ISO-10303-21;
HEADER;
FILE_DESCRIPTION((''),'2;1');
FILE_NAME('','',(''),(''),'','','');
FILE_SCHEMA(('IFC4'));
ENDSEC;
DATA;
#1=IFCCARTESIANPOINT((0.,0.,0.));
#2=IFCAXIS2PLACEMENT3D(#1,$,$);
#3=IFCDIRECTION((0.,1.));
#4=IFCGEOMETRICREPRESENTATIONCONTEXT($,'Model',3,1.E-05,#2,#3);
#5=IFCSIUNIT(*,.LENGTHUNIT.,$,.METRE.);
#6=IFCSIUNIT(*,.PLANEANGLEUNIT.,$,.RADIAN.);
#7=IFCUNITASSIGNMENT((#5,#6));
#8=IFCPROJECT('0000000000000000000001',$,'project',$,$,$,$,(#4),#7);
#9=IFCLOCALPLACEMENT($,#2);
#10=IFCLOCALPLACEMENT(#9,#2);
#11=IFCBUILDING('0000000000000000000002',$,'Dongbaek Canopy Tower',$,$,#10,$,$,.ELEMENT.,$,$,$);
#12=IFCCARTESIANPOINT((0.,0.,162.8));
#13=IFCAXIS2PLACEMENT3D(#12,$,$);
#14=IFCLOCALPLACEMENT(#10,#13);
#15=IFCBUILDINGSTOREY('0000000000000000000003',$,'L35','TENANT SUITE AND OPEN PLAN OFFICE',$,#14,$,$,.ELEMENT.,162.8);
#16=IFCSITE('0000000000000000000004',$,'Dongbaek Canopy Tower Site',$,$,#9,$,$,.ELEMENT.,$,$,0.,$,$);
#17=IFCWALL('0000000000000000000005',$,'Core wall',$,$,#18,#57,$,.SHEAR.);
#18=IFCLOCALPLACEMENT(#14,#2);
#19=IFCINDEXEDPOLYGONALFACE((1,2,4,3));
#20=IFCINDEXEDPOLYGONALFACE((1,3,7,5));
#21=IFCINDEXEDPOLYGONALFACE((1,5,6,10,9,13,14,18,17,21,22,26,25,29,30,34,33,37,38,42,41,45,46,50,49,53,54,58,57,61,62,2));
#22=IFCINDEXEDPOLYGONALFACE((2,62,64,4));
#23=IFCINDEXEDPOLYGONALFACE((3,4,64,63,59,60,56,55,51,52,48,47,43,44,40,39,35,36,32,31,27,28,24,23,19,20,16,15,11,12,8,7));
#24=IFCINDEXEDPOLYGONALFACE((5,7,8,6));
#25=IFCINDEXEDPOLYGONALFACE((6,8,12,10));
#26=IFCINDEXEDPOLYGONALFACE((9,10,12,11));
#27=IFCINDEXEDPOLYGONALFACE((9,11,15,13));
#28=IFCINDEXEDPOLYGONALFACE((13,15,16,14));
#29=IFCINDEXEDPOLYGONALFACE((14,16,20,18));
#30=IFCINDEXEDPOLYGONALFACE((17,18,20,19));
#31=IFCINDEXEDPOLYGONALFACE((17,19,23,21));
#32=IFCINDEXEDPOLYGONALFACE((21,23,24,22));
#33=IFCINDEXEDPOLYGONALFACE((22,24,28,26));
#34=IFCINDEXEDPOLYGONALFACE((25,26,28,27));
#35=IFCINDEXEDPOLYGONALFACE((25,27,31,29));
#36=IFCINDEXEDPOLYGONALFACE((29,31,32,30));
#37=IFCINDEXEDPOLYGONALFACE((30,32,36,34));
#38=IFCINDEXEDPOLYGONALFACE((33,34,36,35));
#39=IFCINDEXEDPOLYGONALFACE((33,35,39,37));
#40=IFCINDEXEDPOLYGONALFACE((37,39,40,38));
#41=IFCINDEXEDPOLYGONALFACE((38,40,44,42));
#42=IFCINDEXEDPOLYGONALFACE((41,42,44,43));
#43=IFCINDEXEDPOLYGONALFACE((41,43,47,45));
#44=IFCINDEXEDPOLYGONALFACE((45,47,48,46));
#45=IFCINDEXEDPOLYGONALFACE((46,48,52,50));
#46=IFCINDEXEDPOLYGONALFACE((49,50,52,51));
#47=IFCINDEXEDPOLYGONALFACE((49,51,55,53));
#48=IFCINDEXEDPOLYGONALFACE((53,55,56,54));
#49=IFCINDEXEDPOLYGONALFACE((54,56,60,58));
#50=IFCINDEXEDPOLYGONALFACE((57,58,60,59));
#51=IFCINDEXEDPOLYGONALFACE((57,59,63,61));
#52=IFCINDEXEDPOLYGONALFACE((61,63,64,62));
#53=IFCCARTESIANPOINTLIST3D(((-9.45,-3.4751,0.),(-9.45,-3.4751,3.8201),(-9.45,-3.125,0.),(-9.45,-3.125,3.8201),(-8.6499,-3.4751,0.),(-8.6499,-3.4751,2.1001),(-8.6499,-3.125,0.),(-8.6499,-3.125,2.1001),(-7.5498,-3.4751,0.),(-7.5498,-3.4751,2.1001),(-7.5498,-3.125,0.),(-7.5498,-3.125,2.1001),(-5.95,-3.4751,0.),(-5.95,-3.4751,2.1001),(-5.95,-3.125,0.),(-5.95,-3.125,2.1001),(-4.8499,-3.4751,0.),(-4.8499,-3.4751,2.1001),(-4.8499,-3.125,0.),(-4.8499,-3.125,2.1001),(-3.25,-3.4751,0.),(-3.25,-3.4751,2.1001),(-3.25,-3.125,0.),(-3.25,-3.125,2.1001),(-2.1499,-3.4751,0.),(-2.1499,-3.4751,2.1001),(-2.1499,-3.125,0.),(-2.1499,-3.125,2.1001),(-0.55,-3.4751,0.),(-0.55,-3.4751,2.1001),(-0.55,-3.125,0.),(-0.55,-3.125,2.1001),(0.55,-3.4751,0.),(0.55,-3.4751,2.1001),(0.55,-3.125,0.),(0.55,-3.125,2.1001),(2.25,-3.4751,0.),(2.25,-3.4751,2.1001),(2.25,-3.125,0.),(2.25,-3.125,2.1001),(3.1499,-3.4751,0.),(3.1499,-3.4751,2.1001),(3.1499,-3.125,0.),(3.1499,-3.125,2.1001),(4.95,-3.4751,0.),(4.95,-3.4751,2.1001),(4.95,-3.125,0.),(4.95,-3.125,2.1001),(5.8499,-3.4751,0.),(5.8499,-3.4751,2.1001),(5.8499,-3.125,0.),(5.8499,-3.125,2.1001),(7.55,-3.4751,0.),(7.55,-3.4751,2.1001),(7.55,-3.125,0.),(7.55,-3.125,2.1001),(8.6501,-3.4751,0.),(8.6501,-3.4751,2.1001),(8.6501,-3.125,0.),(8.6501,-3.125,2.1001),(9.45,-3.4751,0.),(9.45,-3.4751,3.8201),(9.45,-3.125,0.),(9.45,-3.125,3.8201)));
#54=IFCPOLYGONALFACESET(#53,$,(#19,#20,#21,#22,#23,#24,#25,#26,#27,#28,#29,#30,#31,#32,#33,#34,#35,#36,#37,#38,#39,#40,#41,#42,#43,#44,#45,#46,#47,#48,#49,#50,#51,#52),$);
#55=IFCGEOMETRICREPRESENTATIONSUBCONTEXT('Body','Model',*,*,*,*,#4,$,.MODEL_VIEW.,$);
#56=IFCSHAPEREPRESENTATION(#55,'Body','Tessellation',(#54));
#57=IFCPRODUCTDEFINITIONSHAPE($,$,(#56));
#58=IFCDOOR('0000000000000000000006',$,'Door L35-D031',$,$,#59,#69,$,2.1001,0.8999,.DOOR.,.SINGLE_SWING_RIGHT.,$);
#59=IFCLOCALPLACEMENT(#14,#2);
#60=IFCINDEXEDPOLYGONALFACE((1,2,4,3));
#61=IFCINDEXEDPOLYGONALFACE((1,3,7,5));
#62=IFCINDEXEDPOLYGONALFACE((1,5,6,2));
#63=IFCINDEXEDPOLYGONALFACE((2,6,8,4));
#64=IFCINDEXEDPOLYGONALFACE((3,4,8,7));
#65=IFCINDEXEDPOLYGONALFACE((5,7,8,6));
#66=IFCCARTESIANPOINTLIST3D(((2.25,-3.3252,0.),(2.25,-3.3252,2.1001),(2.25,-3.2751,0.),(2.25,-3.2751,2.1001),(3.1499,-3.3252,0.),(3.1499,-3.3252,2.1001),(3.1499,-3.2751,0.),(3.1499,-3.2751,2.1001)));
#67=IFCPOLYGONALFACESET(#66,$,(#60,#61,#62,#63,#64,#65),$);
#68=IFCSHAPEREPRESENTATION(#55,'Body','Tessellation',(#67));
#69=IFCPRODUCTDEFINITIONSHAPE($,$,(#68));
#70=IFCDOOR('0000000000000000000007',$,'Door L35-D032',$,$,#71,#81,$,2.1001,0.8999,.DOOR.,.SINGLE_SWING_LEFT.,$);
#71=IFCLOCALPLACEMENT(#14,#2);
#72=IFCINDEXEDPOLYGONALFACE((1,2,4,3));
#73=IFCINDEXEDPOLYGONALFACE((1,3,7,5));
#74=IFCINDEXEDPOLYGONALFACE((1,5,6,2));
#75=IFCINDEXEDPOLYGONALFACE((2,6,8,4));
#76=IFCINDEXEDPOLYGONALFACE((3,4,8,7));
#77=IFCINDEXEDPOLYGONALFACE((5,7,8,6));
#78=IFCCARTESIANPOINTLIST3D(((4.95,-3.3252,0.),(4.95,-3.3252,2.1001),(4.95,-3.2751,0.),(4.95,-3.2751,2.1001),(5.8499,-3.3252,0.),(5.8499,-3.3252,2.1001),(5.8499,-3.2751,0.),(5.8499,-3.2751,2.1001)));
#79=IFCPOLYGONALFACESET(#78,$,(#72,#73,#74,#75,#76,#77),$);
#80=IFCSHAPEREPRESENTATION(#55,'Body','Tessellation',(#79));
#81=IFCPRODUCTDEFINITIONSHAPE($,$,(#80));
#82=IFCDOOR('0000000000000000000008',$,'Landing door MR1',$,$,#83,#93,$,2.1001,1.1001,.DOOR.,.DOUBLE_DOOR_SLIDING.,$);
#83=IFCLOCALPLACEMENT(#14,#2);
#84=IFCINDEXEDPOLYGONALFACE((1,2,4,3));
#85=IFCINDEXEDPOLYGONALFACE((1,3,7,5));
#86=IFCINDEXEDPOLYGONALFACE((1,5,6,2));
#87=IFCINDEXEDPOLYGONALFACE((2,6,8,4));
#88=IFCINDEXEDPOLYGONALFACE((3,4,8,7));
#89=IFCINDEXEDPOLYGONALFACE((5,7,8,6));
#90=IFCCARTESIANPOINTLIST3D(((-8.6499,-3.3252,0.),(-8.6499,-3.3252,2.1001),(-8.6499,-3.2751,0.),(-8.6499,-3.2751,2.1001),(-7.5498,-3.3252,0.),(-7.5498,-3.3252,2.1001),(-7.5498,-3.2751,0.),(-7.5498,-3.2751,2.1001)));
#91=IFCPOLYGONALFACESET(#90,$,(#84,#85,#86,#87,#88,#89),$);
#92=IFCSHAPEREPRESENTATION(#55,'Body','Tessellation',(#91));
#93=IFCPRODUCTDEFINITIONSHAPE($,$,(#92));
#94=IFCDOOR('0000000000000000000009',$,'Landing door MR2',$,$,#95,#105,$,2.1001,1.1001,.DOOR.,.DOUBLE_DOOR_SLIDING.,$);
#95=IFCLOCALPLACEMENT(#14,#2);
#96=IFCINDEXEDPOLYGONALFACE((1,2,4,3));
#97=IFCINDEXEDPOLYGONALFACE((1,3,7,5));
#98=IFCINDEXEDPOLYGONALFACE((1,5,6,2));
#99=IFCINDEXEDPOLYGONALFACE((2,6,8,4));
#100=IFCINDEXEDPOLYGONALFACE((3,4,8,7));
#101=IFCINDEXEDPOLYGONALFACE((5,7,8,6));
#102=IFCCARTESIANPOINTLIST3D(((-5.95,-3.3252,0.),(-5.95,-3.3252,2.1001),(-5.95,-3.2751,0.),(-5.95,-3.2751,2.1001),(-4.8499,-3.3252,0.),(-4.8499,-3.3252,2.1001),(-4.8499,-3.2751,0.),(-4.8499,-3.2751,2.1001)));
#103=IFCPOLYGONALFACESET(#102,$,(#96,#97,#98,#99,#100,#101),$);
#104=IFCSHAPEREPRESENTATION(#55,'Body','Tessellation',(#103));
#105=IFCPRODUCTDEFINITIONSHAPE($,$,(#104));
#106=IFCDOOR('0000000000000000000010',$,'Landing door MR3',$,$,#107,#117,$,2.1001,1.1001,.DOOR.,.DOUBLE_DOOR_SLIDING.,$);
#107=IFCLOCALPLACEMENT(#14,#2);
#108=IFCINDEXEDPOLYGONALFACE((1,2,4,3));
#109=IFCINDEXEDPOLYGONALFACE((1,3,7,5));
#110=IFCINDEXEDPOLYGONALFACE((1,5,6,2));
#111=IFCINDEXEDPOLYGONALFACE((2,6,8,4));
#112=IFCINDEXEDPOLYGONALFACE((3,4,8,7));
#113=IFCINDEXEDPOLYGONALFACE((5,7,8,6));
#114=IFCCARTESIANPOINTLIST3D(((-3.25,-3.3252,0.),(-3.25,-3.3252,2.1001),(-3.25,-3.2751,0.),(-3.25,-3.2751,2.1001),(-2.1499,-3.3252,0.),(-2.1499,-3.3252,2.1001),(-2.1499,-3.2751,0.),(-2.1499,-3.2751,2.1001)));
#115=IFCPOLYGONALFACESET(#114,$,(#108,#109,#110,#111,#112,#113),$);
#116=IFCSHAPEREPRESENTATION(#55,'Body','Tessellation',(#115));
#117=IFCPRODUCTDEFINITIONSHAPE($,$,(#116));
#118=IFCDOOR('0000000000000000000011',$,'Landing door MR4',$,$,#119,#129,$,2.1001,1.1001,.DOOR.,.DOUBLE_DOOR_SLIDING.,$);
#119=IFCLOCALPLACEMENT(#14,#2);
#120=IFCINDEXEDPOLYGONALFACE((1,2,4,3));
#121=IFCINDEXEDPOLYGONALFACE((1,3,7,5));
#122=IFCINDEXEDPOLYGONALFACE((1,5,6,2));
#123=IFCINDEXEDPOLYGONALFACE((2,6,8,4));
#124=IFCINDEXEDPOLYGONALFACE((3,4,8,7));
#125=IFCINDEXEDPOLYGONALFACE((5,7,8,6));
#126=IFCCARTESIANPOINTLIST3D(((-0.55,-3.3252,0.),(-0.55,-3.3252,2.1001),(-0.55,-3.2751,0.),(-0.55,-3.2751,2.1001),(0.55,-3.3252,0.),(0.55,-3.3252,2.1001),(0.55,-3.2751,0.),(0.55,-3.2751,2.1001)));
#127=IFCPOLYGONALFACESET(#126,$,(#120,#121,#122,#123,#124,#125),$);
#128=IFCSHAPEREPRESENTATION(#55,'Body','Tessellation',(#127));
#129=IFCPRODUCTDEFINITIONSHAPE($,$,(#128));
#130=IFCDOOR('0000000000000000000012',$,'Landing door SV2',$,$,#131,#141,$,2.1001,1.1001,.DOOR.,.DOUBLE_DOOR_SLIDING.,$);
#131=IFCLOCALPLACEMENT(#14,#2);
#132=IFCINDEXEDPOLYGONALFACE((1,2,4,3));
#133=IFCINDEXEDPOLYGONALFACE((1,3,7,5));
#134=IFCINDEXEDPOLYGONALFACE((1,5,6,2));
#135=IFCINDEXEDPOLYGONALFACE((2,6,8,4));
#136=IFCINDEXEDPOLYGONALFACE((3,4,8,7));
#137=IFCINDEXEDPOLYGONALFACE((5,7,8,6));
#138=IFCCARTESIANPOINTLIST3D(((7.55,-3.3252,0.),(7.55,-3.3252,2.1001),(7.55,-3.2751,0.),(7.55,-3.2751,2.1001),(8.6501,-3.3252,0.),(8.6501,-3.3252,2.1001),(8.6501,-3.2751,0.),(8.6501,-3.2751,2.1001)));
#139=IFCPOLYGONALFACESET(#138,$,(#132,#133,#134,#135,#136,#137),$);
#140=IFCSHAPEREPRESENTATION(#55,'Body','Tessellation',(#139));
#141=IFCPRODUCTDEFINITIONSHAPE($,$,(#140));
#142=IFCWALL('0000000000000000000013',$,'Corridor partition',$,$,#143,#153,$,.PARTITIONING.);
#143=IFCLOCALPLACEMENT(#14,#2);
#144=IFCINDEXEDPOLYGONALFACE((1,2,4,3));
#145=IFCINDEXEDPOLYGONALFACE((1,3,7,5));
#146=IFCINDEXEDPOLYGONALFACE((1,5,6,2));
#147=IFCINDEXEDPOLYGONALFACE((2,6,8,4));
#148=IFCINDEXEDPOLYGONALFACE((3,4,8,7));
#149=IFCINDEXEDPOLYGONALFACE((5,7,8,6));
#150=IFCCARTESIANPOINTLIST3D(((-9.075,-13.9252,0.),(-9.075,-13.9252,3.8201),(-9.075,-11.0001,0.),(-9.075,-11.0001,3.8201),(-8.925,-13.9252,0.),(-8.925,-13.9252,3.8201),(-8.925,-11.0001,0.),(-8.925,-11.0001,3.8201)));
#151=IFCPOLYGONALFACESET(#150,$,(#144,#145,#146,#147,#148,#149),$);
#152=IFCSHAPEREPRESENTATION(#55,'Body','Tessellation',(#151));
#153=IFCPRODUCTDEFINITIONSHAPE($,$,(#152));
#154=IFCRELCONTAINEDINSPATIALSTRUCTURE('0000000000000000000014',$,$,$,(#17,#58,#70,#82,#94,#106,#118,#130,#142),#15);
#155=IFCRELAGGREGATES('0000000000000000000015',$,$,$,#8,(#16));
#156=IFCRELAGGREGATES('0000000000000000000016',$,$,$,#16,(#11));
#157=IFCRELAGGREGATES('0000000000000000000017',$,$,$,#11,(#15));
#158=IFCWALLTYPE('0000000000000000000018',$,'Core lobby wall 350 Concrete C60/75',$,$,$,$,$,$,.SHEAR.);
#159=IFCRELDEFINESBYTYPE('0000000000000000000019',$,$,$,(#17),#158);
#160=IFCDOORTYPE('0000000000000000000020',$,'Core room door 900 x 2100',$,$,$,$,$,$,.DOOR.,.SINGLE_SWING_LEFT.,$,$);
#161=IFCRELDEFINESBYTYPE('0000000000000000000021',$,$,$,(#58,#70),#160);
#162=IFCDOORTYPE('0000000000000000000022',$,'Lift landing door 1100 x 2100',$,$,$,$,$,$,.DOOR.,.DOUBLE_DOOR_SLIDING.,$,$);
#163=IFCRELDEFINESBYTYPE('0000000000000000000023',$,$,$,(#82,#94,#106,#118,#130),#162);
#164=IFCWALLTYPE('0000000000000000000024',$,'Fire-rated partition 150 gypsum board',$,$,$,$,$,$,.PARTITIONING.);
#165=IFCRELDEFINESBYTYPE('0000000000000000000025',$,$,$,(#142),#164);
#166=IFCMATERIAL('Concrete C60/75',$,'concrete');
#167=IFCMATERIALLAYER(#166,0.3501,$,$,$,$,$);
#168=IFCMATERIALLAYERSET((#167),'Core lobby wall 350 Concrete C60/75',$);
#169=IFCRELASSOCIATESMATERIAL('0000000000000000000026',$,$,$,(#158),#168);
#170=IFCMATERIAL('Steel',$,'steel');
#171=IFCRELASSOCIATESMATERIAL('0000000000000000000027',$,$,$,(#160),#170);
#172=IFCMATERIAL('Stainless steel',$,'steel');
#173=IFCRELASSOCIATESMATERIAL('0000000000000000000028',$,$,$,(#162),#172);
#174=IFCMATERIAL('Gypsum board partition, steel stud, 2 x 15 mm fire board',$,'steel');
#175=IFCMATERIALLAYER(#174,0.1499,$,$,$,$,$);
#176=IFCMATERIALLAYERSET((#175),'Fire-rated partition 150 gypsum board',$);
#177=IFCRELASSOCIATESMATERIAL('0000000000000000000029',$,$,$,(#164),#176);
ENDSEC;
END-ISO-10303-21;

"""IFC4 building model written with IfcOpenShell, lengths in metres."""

from ifc_helpers import new_model, si_unit, direction, frame, frame_2d, origin, place, context, subcontext, project, spatial, rectangle, extrude, material, layer, layer_set, type_object, element, fill, save


model = new_model("IFC4")

# Units and contexts
model_context = context("Model", 3, precision=1e-05, world=origin(), true_north=direction((0.0, 1.0)))
body_context = subcontext(model_context, "Body", "Model", "MODEL_VIEW")
ifc_project = project(units=[si_unit("LENGTHUNIT", "METRE"), si_unit("PLANEANGLEUNIT", "RADIAN")], contexts=[model_context])

# Site, building, storey
site_placement = place(None, origin())
site = spatial("IfcSite", under=ifc_project, at=site_placement, Name="Dongbaek Canopy Tower Site", CompositionType="ELEMENT", RefElevation=0.0)
building_placement = place(site_placement, origin())
building = spatial("IfcBuilding", under=site, at=building_placement, Name="Dongbaek Canopy Tower", CompositionType="ELEMENT")
storey_placement = place(building_placement, frame((0.0, 0.0, 162.8)))
storey = spatial("IfcBuildingStorey", under=building, at=storey_placement, Name="L35", Description="TENANT SUITE AND OPEN PLAN OFFICE", CompositionType="ELEMENT", Elevation=162.8)

# Wall, openings, doors
ifc_material_1 = material(Name="Concrete C60/75", Category="concrete")
ifc_layer_1 = layer(ifc_material_1, 0.3501)
ifc_layer_set_1 = layer_set([ifc_layer_1], Name="Core lobby wall 350 Concrete C60/75")
wall_type_1 = type_object("IfcWallType", Name="Core lobby wall 350 Concrete C60/75", PredefinedType="SHEAR", material=ifc_layer_set_1)
wall_1_placement = place(storey_placement, frame((-9.45, -3.3, 0.0), z_axis=(0.0, 0.0, 1.0), x_axis=(1.0, 0.0, 0.0)))
wall_1 = element("IfcWall", 1, at=wall_1_placement, inside=storey, type_object=wall_type_1, Name="Core wall", PredefinedType="SHEAR", context=body_context, shape_type="SweptSolid", body=[
    extrude(rectangle(XDim=18.8999, YDim=0.3501, at=frame_2d((9.45, 0.0))), origin(), (0.0, 0.0, 1.0), 3.8201),
])
opening_1_placement = place(wall_1_placement, frame((0.8, 0.0, 0.0)))
opening_1 = element("IfcOpeningElement", 2, at=opening_1_placement, cuts=wall_1, PredefinedType="OPENING", context=body_context, shape_type="SweptSolid", body=[
    extrude(rectangle(XDim=1.1001, YDim=2.1001, at=frame_2d((0.55, 1.05))), frame((0.0, 0.1851, 0.0), z_axis=(0.0, -1.0, 0.0), x_axis=(1.0, 0.0, 0.0)), (0.0, 0.0, 1.0), 0.3701),
])
opening_2_placement = place(wall_1_placement, frame((3.5, 0.0, 0.0)))
opening_2 = element("IfcOpeningElement", 3, at=opening_2_placement, cuts=wall_1, PredefinedType="OPENING", context=body_context, shape_type="SweptSolid", body=[
    extrude(rectangle(XDim=1.1001, YDim=2.1001, at=frame_2d((0.55, 1.05))), frame((0.0, 0.1851, 0.0), z_axis=(0.0, -1.0, 0.0), x_axis=(1.0, 0.0, 0.0)), (0.0, 0.0, 1.0), 0.3701),
])
opening_3_placement = place(wall_1_placement, frame((6.2, 0.0, 0.0)))
opening_3 = element("IfcOpeningElement", 4, at=opening_3_placement, cuts=wall_1, PredefinedType="OPENING", context=body_context, shape_type="SweptSolid", body=[
    extrude(rectangle(XDim=1.1001, YDim=2.1001, at=frame_2d((0.55, 1.05))), frame((0.0, 0.1851, 0.0), z_axis=(0.0, -1.0, 0.0), x_axis=(1.0, 0.0, 0.0)), (0.0, 0.0, 1.0), 0.3701),
])
opening_4_placement = place(wall_1_placement, frame((8.8999, 0.0, 0.0)))
opening_4 = element("IfcOpeningElement", 5, at=opening_4_placement, cuts=wall_1, PredefinedType="OPENING", context=body_context, shape_type="SweptSolid", body=[
    extrude(rectangle(XDim=1.1001, YDim=2.1001, at=frame_2d((0.55, 1.05))), frame((0.0, 0.1851, 0.0), z_axis=(0.0, -1.0, 0.0), x_axis=(1.0, 0.0, 0.0)), (0.0, 0.0, 1.0), 0.3701),
])
opening_5_placement = place(wall_1_placement, frame((17.0, 0.0, 0.0)))
opening_5 = element("IfcOpeningElement", 6, at=opening_5_placement, cuts=wall_1, PredefinedType="OPENING", context=body_context, shape_type="SweptSolid", body=[
    extrude(rectangle(XDim=1.1001, YDim=2.1001, at=frame_2d((0.55, 1.05))), frame((0.0, 0.1851, 0.0), z_axis=(0.0, -1.0, 0.0), x_axis=(1.0, 0.0, 0.0)), (0.0, 0.0, 1.0), 0.3701),
])
opening_6_placement = place(wall_1_placement, frame((11.7, 0.0, 0.0)))
opening_6 = element("IfcOpeningElement", 7, at=opening_6_placement, cuts=wall_1, PredefinedType="OPENING", context=body_context, shape_type="SweptSolid", body=[
    extrude(rectangle(XDim=0.8999, YDim=2.1001, at=frame_2d((0.45, 1.05))), frame((0.0, 0.1851, 0.0), z_axis=(0.0, -1.0, 0.0), x_axis=(1.0, 0.0, 0.0)), (0.0, 0.0, 1.0), 0.3701),
])
opening_7_placement = place(wall_1_placement, frame((14.3999, 0.0, 0.0)))
opening_7 = element("IfcOpeningElement", 8, at=opening_7_placement, cuts=wall_1, PredefinedType="OPENING", context=body_context, shape_type="SweptSolid", body=[
    extrude(rectangle(XDim=0.8999, YDim=2.1001, at=frame_2d((0.45, 1.05))), frame((0.0, 0.1851, 0.0), z_axis=(0.0, -1.0, 0.0), x_axis=(1.0, 0.0, 0.0)), (0.0, 0.0, 1.0), 0.3701),
])
ifc_material_2 = material(Name="Steel", Category="steel")
door_type_1 = type_object("IfcDoorType", Name="Core room door 900 x 2100", OperationType="SINGLE_SWING_LEFT", PredefinedType="DOOR", material=ifc_material_2)
door_1_placement = place(opening_6_placement, origin())
door_1 = element("IfcDoor", 9, at=door_1_placement, inside=storey, type_object=door_type_1, Name="Door L35-D031", OperationType="SINGLE_SWING_RIGHT", OverallHeight=2.1001, OverallWidth=0.8999, PredefinedType="DOOR", context=body_context, shape_type="SweptSolid", body=[
    extrude(rectangle(XDim=0.8999, YDim=2.1001, at=frame_2d((0.45, 1.05))), frame((0.0, 0.0249, 0.0), z_axis=(0.0, -1.0, 0.0), x_axis=(1.0, 0.0, 0.0)), (0.0, 0.0, 1.0), 0.05),
])
fill(opening_6, door_1)
door_2_placement = place(opening_7_placement, origin())
door_2 = element("IfcDoor", 10, at=door_2_placement, inside=storey, type_object=door_type_1, Name="Door L35-D032", OperationType="SINGLE_SWING_LEFT", OverallHeight=2.1001, OverallWidth=0.8999, PredefinedType="DOOR", context=body_context, shape_type="SweptSolid", body=[
    extrude(rectangle(XDim=0.8999, YDim=2.1001, at=frame_2d((0.45, 1.05))), frame((0.0, 0.0249, 0.0), z_axis=(0.0, -1.0, 0.0), x_axis=(1.0, 0.0, 0.0)), (0.0, 0.0, 1.0), 0.05),
])
fill(opening_7, door_2)
ifc_material_3 = material(Name="Stainless steel", Category="steel")
door_type_2 = type_object("IfcDoorType", Name="Lift landing door 1100 x 2100", OperationType="DOUBLE_DOOR_SLIDING", PredefinedType="DOOR", material=ifc_material_3)
door_3_placement = place(opening_1_placement, origin())
door_3 = element("IfcDoor", 11, at=door_3_placement, inside=storey, type_object=door_type_2, Name="Landing door MR1", OperationType="DOUBLE_DOOR_SLIDING", OverallHeight=2.1001, OverallWidth=1.1001, PredefinedType="DOOR", context=body_context, shape_type="SweptSolid", body=[
    extrude(rectangle(XDim=1.1001, YDim=2.1001, at=frame_2d((0.55, 1.05))), frame((0.0, 0.0249, 0.0), z_axis=(0.0, -1.0, 0.0), x_axis=(1.0, 0.0, 0.0)), (0.0, 0.0, 1.0), 0.05),
])
fill(opening_1, door_3)
door_4_placement = place(opening_2_placement, origin())
door_4 = element("IfcDoor", 12, at=door_4_placement, inside=storey, type_object=door_type_2, Name="Landing door MR2", OperationType="DOUBLE_DOOR_SLIDING", OverallHeight=2.1001, OverallWidth=1.1001, PredefinedType="DOOR", context=body_context, shape_type="SweptSolid", body=[
    extrude(rectangle(XDim=1.1001, YDim=2.1001, at=frame_2d((0.55, 1.05))), frame((0.0, 0.0249, 0.0), z_axis=(0.0, -1.0, 0.0), x_axis=(1.0, 0.0, 0.0)), (0.0, 0.0, 1.0), 0.05),
])
fill(opening_2, door_4)
door_5_placement = place(opening_3_placement, origin())
door_5 = element("IfcDoor", 13, at=door_5_placement, inside=storey, type_object=door_type_2, Name="Landing door MR3", OperationType="DOUBLE_DOOR_SLIDING", OverallHeight=2.1001, OverallWidth=1.1001, PredefinedType="DOOR", context=body_context, shape_type="SweptSolid", body=[
    extrude(rectangle(XDim=1.1001, YDim=2.1001, at=frame_2d((0.55, 1.05))), frame((0.0, 0.0249, 0.0), z_axis=(0.0, -1.0, 0.0), x_axis=(1.0, 0.0, 0.0)), (0.0, 0.0, 1.0), 0.05),
])
fill(opening_3, door_5)
door_6_placement = place(opening_4_placement, origin())
door_6 = element("IfcDoor", 14, at=door_6_placement, inside=storey, type_object=door_type_2, Name="Landing door MR4", OperationType="DOUBLE_DOOR_SLIDING", OverallHeight=2.1001, OverallWidth=1.1001, PredefinedType="DOOR", context=body_context, shape_type="SweptSolid", body=[
    extrude(rectangle(XDim=1.1001, YDim=2.1001, at=frame_2d((0.55, 1.05))), frame((0.0, 0.0249, 0.0), z_axis=(0.0, -1.0, 0.0), x_axis=(1.0, 0.0, 0.0)), (0.0, 0.0, 1.0), 0.05),
])
fill(opening_4, door_6)
door_7_placement = place(opening_5_placement, origin())
door_7 = element("IfcDoor", 15, at=door_7_placement, inside=storey, type_object=door_type_2, Name="Landing door SV2", OperationType="DOUBLE_DOOR_SLIDING", OverallHeight=2.1001, OverallWidth=1.1001, PredefinedType="DOOR", context=body_context, shape_type="SweptSolid", body=[
    extrude(rectangle(XDim=1.1001, YDim=2.1001, at=frame_2d((0.55, 1.05))), frame((0.0, 0.0249, 0.0), z_axis=(0.0, -1.0, 0.0), x_axis=(1.0, 0.0, 0.0)), (0.0, 0.0, 1.0), 0.05),
])
fill(opening_5, door_7)

# Wall
ifc_material_4 = material(Name="Gypsum board partition, steel stud, 2 x 15 mm fire board", Category="steel")
ifc_layer_2 = layer(ifc_material_4, 0.1499)
ifc_layer_set_2 = layer_set([ifc_layer_2], Name="Fire-rated partition 150 gypsum board")
wall_type_2 = type_object("IfcWallType", Name="Fire-rated partition 150 gypsum board", PredefinedType="PARTITIONING", material=ifc_layer_set_2)
wall_2_placement = place(storey_placement, frame((-9.0, -13.925, 0.0), z_axis=(0.0, 0.0, 1.0), x_axis=(0.0, 1.0, 0.0)))
element("IfcWall", 16, at=wall_2_placement, inside=storey, type_object=wall_type_2, Name="Corridor partition", PredefinedType="PARTITIONING", context=body_context, shape_type="SweptSolid", body=[
    extrude(rectangle(XDim=2.925, YDim=0.1499, at=frame_2d((1.4624, 0.0))), origin(), (0.0, 0.0, 1.0), 3.8201),
])

save(model, "model.ifc")
